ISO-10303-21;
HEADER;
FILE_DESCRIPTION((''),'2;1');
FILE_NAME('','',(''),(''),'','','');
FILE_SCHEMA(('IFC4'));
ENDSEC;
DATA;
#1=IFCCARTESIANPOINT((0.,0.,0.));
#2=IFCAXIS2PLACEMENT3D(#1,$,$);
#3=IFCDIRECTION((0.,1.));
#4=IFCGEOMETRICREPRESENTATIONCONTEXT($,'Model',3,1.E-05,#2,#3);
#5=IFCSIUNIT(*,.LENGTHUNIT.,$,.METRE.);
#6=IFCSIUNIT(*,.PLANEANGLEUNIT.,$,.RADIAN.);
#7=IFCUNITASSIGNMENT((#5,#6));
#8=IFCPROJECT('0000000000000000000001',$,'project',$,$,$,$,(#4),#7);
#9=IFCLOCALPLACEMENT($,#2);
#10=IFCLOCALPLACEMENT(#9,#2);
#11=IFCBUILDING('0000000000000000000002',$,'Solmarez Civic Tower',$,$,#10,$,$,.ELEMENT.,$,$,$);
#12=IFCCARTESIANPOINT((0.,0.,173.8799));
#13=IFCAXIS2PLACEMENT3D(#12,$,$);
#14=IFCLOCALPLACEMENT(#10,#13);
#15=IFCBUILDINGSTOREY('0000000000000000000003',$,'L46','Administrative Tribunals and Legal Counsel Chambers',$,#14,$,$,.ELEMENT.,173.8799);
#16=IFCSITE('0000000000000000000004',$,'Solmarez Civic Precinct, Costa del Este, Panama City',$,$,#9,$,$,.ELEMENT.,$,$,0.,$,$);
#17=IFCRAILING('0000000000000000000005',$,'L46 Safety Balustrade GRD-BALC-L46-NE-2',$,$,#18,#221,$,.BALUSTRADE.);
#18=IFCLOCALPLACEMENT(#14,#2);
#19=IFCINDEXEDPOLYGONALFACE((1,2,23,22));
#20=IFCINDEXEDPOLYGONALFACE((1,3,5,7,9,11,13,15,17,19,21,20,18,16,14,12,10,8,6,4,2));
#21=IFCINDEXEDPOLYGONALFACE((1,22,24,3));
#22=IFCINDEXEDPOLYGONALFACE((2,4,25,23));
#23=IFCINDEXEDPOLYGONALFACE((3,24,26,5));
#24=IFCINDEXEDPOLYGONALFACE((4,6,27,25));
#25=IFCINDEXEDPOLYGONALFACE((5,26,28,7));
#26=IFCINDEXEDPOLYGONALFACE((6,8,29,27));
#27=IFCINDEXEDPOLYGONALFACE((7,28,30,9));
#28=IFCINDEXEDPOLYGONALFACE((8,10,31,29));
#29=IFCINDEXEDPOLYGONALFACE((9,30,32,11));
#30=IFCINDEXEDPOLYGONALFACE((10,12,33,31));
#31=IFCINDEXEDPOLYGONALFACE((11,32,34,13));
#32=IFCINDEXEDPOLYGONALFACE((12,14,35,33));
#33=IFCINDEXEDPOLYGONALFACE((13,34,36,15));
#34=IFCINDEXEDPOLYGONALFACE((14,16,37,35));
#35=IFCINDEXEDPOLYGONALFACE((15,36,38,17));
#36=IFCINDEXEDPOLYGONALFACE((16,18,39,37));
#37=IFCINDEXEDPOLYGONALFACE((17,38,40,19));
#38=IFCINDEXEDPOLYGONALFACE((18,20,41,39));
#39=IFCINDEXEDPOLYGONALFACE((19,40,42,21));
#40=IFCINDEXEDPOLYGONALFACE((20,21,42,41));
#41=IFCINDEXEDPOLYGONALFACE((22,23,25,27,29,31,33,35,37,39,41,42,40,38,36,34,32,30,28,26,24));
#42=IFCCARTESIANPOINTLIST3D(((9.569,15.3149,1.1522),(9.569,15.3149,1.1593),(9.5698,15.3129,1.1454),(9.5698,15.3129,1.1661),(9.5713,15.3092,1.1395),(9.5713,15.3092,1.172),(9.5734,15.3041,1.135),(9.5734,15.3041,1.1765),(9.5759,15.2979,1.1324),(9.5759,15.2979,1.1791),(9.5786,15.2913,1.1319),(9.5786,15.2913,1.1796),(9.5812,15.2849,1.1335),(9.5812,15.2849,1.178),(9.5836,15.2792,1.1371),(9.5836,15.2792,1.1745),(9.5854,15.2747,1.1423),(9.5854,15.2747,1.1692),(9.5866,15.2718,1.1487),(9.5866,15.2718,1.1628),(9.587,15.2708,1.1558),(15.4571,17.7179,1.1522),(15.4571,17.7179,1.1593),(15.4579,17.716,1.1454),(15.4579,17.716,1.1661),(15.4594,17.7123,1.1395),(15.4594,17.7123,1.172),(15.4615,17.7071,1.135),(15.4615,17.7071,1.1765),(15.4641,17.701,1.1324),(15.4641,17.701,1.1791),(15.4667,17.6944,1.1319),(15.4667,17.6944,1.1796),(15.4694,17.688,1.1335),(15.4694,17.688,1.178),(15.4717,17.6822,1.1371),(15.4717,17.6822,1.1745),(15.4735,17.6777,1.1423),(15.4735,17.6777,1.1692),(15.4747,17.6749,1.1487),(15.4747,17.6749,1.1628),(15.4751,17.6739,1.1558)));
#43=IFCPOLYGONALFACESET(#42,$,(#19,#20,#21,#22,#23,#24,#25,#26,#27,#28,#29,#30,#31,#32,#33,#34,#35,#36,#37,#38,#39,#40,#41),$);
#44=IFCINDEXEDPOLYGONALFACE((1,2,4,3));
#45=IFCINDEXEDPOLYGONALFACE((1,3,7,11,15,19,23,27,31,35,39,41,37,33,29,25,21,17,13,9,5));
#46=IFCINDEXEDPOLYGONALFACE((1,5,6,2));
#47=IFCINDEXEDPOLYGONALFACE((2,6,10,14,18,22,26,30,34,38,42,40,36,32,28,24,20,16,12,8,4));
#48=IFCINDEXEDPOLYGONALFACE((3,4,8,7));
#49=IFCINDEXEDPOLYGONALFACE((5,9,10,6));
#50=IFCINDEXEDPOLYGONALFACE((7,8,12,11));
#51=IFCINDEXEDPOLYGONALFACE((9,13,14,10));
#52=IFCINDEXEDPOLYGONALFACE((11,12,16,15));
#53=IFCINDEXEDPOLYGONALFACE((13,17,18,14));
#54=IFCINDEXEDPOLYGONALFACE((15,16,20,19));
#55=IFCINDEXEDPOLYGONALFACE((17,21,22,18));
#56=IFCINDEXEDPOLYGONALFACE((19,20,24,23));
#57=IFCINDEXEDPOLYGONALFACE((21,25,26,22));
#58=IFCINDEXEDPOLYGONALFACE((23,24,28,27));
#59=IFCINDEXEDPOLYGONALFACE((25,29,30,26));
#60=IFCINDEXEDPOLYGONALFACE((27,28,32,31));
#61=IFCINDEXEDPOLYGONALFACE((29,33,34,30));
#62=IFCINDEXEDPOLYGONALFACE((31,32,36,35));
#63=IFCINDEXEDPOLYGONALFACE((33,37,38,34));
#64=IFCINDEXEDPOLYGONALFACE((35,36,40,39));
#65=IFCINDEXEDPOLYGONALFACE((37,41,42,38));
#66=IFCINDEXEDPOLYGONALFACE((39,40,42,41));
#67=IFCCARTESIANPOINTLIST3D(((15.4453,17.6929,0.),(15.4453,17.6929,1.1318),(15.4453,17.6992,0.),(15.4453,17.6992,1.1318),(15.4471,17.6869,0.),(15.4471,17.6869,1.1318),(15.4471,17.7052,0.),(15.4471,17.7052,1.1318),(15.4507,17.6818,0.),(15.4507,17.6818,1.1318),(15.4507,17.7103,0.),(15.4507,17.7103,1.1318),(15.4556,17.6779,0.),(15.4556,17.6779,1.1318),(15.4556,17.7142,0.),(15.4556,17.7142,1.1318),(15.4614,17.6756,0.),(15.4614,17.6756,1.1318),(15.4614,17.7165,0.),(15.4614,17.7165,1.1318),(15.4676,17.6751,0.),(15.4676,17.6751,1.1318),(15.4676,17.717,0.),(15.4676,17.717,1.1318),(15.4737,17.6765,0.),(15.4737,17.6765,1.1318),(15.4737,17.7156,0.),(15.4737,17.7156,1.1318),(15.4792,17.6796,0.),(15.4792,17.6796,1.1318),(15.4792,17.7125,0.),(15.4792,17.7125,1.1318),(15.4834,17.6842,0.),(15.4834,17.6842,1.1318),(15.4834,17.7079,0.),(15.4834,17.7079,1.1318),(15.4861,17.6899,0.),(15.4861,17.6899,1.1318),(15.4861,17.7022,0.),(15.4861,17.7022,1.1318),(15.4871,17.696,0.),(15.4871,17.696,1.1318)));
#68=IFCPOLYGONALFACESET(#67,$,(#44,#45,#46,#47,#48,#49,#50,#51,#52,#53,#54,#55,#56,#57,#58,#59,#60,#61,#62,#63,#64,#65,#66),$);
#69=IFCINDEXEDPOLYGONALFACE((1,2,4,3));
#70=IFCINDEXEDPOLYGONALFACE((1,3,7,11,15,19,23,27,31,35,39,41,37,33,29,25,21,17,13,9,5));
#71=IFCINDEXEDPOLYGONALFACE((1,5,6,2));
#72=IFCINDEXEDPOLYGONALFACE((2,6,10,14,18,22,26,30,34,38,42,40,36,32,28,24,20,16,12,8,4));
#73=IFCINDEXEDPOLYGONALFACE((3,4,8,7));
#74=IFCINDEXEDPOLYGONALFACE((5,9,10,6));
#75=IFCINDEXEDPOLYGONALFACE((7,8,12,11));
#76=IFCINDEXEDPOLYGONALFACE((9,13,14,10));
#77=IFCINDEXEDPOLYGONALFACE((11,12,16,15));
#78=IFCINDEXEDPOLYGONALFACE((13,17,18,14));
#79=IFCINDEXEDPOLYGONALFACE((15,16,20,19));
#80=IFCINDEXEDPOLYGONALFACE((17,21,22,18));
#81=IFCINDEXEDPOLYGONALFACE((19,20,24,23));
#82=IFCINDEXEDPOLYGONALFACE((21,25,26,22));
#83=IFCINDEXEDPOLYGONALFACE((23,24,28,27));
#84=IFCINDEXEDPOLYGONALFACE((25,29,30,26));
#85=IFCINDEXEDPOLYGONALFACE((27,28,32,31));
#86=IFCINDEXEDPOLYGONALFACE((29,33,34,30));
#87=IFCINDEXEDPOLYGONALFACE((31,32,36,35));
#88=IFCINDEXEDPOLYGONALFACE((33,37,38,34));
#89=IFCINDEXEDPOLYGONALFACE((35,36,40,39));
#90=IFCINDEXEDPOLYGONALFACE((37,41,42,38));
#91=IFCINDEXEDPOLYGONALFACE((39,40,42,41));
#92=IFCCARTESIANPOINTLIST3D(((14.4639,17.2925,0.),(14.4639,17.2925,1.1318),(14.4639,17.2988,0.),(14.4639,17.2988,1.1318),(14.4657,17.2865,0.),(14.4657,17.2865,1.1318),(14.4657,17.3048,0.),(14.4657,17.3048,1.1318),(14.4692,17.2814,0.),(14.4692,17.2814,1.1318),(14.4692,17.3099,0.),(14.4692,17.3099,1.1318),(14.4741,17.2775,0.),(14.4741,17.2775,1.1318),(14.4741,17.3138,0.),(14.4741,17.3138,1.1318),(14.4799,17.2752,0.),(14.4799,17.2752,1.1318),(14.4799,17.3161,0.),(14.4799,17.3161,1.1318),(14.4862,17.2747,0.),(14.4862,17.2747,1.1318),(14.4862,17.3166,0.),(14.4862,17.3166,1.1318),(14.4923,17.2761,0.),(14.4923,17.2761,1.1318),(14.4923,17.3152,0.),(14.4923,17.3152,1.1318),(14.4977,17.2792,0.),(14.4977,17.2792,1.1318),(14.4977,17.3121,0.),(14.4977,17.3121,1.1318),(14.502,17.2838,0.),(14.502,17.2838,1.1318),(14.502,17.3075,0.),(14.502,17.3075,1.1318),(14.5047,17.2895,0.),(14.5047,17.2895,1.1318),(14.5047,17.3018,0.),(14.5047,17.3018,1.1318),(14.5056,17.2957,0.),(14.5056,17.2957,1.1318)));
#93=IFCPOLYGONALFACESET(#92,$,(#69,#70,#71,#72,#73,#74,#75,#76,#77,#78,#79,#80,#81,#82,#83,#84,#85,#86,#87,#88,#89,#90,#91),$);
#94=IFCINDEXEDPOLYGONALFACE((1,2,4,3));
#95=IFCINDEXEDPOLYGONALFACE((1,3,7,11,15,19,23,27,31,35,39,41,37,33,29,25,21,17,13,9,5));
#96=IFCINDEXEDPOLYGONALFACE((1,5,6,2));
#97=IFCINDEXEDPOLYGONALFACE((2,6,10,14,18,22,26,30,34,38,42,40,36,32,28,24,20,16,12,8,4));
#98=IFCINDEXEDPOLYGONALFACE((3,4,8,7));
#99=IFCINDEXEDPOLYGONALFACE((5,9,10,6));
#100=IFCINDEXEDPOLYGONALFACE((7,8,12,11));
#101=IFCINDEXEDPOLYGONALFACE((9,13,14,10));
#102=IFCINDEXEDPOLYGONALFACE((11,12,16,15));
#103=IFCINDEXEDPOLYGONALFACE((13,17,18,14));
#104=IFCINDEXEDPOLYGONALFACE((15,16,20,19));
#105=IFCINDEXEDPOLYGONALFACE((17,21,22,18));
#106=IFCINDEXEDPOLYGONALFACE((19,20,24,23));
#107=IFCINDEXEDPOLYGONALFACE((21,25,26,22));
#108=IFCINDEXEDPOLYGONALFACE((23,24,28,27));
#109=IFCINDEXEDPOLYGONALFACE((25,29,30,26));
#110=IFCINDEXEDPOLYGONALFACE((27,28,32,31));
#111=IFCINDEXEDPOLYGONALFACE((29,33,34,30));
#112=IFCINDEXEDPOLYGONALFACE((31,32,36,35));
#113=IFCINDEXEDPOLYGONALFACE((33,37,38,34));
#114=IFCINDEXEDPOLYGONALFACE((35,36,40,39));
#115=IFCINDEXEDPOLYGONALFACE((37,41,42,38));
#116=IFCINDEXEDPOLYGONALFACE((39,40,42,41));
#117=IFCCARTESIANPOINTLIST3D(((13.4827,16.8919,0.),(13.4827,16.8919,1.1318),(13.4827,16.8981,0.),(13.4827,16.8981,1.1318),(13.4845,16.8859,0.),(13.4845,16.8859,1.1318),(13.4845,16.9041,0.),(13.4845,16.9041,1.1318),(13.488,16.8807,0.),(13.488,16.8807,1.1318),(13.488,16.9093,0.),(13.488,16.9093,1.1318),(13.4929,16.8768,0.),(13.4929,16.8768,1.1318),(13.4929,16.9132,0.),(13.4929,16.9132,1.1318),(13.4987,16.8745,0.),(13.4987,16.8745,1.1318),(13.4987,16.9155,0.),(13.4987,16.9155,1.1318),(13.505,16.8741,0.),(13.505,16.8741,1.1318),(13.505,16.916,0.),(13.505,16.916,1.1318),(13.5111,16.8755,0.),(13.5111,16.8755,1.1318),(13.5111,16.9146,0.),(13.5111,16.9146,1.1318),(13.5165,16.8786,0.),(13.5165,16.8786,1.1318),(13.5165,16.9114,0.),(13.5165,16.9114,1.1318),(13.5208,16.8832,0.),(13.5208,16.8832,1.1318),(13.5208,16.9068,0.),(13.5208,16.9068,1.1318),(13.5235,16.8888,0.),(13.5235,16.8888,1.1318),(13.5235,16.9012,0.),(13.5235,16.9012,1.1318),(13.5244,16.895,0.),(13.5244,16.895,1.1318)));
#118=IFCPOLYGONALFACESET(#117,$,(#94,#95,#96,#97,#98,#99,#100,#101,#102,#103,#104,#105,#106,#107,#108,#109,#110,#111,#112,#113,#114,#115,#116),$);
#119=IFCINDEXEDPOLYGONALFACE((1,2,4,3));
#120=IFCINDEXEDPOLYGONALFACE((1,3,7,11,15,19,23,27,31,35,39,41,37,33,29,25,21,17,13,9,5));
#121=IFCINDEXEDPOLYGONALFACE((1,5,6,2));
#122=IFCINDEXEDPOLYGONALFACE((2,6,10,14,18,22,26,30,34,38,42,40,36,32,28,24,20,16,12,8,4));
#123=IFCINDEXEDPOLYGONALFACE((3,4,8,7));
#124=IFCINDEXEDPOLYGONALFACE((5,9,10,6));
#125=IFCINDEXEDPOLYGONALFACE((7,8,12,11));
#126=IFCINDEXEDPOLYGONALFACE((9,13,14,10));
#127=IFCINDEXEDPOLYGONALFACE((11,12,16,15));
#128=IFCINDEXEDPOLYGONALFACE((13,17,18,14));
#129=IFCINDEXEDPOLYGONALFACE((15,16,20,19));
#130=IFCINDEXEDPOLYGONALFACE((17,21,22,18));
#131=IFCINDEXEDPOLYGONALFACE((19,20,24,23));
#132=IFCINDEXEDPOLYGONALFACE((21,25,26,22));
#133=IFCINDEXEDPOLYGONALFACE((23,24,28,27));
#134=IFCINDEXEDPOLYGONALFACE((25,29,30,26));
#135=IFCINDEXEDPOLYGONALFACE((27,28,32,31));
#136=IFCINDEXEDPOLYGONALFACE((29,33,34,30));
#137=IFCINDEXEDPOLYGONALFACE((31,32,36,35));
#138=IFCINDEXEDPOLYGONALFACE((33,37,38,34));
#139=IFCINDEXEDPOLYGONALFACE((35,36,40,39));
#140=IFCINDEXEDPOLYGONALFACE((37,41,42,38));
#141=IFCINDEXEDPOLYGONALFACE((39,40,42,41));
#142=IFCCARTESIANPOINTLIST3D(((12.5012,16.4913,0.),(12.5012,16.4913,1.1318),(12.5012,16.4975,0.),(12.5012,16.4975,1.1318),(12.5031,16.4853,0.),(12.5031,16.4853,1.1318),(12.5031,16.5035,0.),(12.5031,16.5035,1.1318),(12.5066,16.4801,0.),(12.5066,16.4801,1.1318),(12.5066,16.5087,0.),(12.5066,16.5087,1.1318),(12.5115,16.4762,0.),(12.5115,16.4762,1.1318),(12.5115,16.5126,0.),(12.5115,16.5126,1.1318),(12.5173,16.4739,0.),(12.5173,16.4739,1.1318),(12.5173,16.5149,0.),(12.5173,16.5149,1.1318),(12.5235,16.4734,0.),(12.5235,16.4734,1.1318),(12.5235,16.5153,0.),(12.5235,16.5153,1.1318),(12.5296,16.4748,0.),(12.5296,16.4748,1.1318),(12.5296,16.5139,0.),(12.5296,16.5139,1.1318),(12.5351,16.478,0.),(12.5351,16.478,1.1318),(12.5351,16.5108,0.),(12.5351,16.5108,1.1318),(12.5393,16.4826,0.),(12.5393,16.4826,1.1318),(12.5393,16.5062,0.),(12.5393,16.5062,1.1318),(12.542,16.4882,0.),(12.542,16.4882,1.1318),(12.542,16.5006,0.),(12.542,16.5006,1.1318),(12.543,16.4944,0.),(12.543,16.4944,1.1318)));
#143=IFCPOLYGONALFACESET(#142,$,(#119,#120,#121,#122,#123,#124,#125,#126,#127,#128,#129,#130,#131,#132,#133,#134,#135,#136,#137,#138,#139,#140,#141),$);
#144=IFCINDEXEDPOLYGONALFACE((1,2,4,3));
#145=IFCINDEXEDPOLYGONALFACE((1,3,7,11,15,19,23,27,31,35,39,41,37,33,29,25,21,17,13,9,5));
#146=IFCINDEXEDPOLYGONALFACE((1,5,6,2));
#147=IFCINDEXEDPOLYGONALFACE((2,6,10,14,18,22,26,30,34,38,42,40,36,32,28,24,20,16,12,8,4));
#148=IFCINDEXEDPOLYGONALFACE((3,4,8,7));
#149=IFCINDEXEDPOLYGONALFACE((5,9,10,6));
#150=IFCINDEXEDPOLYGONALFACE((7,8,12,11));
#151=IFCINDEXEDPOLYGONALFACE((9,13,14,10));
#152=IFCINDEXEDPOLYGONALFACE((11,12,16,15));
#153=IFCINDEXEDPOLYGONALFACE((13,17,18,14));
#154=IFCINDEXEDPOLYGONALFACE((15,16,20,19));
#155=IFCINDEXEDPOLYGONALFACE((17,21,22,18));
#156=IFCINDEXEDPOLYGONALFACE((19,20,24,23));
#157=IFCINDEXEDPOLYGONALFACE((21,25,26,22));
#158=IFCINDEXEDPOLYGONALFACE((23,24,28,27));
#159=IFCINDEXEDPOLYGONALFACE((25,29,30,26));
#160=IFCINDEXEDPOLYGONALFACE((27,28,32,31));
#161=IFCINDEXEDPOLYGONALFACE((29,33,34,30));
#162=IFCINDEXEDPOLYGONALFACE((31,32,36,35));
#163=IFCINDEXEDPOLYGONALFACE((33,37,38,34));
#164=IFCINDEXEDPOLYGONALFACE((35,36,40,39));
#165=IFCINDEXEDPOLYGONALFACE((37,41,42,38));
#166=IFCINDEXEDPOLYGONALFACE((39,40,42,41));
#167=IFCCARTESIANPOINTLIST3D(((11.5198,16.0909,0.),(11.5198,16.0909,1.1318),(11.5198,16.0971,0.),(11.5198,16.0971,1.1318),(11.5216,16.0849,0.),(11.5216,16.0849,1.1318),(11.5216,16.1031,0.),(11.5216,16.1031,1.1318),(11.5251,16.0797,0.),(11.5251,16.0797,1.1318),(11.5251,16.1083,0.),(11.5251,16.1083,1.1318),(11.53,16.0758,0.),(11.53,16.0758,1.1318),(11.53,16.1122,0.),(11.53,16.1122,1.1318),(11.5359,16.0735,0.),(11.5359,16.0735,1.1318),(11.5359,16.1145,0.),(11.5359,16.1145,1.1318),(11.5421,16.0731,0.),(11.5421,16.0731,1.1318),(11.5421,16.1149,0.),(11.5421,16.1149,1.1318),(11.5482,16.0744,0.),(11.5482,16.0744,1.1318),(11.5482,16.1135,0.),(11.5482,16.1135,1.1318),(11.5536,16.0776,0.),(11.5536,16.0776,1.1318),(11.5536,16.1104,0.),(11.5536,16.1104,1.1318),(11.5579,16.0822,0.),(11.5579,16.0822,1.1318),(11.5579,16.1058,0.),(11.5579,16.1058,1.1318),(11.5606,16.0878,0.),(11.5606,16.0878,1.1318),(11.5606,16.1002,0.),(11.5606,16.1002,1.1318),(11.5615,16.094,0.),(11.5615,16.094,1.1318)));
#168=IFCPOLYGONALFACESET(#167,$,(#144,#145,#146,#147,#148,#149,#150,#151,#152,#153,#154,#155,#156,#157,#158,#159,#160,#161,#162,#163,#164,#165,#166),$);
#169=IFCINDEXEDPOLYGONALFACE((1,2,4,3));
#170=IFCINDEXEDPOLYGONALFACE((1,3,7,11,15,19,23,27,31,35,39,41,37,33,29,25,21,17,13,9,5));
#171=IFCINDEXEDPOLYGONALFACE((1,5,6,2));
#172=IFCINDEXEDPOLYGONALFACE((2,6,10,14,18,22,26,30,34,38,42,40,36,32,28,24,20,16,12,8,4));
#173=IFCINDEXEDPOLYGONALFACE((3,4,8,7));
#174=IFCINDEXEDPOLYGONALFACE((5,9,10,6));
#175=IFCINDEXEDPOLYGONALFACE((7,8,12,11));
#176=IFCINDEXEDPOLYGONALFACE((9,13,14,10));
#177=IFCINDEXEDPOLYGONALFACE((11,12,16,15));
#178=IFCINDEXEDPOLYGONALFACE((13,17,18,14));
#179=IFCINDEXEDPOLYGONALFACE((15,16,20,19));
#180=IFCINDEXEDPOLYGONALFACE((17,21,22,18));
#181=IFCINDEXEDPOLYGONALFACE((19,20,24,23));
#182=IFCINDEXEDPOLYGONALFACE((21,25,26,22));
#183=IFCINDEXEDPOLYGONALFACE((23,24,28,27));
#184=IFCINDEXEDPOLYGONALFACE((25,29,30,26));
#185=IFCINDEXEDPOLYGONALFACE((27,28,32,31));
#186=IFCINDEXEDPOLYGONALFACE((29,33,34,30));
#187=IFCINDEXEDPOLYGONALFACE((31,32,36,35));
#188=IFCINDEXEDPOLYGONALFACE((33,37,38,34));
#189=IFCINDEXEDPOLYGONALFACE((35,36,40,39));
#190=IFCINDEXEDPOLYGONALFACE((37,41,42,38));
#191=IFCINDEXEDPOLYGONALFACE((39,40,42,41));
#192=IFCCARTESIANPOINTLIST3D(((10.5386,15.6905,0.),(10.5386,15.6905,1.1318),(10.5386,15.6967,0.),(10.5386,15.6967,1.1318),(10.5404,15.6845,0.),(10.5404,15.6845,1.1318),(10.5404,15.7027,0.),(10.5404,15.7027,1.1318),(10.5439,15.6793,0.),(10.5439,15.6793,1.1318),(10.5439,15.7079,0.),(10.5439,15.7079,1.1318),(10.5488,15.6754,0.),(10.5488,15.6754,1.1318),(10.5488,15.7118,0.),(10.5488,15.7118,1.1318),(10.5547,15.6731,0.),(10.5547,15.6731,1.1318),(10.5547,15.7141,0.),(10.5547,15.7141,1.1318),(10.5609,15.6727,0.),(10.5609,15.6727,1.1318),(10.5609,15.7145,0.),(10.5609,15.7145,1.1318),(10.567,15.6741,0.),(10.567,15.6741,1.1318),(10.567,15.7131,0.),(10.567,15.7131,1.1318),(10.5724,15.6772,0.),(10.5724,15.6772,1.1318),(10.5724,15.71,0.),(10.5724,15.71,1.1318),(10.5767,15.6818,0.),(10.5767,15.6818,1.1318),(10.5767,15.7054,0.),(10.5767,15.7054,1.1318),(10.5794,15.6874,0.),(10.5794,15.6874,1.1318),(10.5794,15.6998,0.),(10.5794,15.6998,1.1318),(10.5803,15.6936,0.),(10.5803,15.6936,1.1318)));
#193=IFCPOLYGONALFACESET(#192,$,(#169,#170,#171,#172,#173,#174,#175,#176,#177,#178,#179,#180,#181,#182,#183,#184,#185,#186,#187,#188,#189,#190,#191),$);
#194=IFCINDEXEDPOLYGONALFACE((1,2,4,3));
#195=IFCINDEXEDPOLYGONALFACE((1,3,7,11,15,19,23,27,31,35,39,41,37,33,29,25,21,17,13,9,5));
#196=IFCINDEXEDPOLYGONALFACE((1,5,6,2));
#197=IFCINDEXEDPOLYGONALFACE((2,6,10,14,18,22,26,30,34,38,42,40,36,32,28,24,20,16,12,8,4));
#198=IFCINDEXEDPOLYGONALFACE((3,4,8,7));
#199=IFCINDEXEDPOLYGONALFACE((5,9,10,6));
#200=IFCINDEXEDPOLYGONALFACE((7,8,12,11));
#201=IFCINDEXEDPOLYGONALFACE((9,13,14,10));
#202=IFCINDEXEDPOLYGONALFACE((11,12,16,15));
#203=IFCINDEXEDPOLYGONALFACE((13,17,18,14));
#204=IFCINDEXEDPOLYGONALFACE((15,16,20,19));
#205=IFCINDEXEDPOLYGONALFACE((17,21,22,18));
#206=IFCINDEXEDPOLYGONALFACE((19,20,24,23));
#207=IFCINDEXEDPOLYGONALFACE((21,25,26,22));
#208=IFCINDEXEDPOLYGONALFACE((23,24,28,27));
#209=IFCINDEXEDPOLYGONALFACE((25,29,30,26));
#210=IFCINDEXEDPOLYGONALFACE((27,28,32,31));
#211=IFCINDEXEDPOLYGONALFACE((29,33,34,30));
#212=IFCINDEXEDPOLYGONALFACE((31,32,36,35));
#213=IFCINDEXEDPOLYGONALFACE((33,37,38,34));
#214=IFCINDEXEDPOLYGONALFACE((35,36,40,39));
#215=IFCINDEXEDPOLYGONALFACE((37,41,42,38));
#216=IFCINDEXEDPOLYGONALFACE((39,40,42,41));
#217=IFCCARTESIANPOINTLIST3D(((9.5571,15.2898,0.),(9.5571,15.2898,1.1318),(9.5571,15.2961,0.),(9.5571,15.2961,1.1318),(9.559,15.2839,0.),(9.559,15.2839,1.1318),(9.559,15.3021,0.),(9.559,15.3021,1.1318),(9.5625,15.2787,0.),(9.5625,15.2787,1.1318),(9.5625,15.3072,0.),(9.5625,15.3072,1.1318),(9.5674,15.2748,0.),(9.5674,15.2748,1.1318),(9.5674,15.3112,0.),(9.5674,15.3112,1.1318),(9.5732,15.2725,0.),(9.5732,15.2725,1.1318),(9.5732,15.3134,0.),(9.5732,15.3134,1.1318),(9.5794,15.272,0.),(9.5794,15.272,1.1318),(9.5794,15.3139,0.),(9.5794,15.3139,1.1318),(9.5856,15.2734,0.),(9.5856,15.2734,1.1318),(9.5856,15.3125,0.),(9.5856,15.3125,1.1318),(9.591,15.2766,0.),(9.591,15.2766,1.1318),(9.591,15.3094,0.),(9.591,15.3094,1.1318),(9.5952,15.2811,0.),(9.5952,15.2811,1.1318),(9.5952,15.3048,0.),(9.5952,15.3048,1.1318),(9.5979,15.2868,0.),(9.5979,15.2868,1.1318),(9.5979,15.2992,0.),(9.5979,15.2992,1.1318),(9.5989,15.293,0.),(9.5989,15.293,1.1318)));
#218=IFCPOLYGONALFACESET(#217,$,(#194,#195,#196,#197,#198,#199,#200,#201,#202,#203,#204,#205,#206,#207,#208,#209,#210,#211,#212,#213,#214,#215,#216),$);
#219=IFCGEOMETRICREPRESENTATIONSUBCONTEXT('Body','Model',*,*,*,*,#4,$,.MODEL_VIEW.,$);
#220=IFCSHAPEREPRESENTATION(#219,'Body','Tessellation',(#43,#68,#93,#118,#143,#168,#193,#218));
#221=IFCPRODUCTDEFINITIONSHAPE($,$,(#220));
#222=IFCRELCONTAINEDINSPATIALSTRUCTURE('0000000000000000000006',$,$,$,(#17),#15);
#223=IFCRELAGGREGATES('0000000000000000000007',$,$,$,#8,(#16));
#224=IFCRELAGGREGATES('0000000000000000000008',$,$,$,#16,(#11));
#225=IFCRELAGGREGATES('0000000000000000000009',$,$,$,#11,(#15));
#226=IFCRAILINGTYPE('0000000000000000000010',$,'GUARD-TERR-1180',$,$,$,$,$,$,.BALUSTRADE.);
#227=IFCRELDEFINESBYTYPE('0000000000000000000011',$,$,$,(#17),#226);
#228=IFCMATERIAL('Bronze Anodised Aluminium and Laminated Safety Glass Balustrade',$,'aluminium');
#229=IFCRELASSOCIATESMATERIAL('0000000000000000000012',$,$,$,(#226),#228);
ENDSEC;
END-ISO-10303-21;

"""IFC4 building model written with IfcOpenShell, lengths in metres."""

from ifc_helpers import new_model, si_unit, direction, frame, origin, origin_2d, place, context, subcontext, project, spatial, circle, extrude, material, type_object, element, save


model = new_model("IFC4")

# Units and contexts
model_context = context("Model", 3, precision=1e-05, world=origin(), true_north=direction((0.0, 1.0)))
body_context = subcontext(model_context, "Body", "Model", "MODEL_VIEW")
ifc_project = project(units=[si_unit("LENGTHUNIT", "METRE"), si_unit("PLANEANGLEUNIT", "RADIAN")], contexts=[model_context])

# Site, building, storey
site_placement = place(None, origin())
site = spatial("IfcSite", under=ifc_project, at=site_placement, Name="Solmarez Civic Precinct, Costa del Este, Panama City", CompositionType="ELEMENT", RefElevation=0.0)
building_placement = place(site_placement, origin())
building = spatial("IfcBuilding", under=site, at=building_placement, Name="Solmarez Civic Tower", CompositionType="ELEMENT")
storey_placement = place(building_placement, frame((0.0, 0.0, 173.8799)))
storey = spatial("IfcBuildingStorey", under=building, at=storey_placement, Name="L46", Description="Administrative Tribunals and Legal Counsel Chambers", CompositionType="ELEMENT", Elevation=173.8799)

# Railing
ifc_material_1 = material(Name="Bronze Anodised Aluminium and Laminated Safety Glass Balustrade", Category="aluminium")
railing_type = type_object("IfcRailingType", Name="GUARD-TERR-1180", PredefinedType="BALUSTRADE", material=ifc_material_1)
railing_1_placement = place(storey_placement, frame((15.4661, 17.696, 0.0)))
element("IfcRailing", 1, at=railing_1_placement, inside=storey, type_object=railing_type, Name="L46 Safety Balustrade GRD-BALC-L46-NE-2", PredefinedType="BALUSTRADE", context=body_context, shape_type="SweptSolid", body=[
    extrude(circle(Radius=0.0239, at=origin_2d()), frame((0.0, 0.0, 1.1558), z_axis=(-0.925862, -0.377861, 0.0), x_axis=(0.377861, -0.925862, 0.0)), (0.0, 0.0, 1.0), 6.3596),
    extrude(circle(Radius=0.021, at=origin_2d()), origin(), (0.0, 0.0, 1.0), 1.1318),
    extrude(circle(Radius=0.021, at=origin_2d()), frame((-0.9814, -0.4004, 0.0)), (0.0, 0.0, 1.0), 1.1318),
    extrude(circle(Radius=0.021, at=origin_2d()), frame((-1.9626, -0.801, 0.0)), (0.0, 0.0, 1.0), 1.1318),
    extrude(circle(Radius=0.021, at=origin_2d()), frame((-2.9441, -1.2017, 0.0)), (0.0, 0.0, 1.0), 1.1318),
    extrude(circle(Radius=0.021, at=origin_2d()), frame((-3.9255, -1.6021, 0.0)), (0.0, 0.0, 1.0), 1.1318),
    extrude(circle(Radius=0.021, at=origin_2d()), frame((-4.9067, -2.0024, 0.0)), (0.0, 0.0, 1.0), 1.1318),
    extrude(circle(Radius=0.021, at=origin_2d()), frame((-5.8882, -2.4031, 0.0)), (0.0, 0.0, 1.0), 1.1318),
])

save(model, "model.ifc")
